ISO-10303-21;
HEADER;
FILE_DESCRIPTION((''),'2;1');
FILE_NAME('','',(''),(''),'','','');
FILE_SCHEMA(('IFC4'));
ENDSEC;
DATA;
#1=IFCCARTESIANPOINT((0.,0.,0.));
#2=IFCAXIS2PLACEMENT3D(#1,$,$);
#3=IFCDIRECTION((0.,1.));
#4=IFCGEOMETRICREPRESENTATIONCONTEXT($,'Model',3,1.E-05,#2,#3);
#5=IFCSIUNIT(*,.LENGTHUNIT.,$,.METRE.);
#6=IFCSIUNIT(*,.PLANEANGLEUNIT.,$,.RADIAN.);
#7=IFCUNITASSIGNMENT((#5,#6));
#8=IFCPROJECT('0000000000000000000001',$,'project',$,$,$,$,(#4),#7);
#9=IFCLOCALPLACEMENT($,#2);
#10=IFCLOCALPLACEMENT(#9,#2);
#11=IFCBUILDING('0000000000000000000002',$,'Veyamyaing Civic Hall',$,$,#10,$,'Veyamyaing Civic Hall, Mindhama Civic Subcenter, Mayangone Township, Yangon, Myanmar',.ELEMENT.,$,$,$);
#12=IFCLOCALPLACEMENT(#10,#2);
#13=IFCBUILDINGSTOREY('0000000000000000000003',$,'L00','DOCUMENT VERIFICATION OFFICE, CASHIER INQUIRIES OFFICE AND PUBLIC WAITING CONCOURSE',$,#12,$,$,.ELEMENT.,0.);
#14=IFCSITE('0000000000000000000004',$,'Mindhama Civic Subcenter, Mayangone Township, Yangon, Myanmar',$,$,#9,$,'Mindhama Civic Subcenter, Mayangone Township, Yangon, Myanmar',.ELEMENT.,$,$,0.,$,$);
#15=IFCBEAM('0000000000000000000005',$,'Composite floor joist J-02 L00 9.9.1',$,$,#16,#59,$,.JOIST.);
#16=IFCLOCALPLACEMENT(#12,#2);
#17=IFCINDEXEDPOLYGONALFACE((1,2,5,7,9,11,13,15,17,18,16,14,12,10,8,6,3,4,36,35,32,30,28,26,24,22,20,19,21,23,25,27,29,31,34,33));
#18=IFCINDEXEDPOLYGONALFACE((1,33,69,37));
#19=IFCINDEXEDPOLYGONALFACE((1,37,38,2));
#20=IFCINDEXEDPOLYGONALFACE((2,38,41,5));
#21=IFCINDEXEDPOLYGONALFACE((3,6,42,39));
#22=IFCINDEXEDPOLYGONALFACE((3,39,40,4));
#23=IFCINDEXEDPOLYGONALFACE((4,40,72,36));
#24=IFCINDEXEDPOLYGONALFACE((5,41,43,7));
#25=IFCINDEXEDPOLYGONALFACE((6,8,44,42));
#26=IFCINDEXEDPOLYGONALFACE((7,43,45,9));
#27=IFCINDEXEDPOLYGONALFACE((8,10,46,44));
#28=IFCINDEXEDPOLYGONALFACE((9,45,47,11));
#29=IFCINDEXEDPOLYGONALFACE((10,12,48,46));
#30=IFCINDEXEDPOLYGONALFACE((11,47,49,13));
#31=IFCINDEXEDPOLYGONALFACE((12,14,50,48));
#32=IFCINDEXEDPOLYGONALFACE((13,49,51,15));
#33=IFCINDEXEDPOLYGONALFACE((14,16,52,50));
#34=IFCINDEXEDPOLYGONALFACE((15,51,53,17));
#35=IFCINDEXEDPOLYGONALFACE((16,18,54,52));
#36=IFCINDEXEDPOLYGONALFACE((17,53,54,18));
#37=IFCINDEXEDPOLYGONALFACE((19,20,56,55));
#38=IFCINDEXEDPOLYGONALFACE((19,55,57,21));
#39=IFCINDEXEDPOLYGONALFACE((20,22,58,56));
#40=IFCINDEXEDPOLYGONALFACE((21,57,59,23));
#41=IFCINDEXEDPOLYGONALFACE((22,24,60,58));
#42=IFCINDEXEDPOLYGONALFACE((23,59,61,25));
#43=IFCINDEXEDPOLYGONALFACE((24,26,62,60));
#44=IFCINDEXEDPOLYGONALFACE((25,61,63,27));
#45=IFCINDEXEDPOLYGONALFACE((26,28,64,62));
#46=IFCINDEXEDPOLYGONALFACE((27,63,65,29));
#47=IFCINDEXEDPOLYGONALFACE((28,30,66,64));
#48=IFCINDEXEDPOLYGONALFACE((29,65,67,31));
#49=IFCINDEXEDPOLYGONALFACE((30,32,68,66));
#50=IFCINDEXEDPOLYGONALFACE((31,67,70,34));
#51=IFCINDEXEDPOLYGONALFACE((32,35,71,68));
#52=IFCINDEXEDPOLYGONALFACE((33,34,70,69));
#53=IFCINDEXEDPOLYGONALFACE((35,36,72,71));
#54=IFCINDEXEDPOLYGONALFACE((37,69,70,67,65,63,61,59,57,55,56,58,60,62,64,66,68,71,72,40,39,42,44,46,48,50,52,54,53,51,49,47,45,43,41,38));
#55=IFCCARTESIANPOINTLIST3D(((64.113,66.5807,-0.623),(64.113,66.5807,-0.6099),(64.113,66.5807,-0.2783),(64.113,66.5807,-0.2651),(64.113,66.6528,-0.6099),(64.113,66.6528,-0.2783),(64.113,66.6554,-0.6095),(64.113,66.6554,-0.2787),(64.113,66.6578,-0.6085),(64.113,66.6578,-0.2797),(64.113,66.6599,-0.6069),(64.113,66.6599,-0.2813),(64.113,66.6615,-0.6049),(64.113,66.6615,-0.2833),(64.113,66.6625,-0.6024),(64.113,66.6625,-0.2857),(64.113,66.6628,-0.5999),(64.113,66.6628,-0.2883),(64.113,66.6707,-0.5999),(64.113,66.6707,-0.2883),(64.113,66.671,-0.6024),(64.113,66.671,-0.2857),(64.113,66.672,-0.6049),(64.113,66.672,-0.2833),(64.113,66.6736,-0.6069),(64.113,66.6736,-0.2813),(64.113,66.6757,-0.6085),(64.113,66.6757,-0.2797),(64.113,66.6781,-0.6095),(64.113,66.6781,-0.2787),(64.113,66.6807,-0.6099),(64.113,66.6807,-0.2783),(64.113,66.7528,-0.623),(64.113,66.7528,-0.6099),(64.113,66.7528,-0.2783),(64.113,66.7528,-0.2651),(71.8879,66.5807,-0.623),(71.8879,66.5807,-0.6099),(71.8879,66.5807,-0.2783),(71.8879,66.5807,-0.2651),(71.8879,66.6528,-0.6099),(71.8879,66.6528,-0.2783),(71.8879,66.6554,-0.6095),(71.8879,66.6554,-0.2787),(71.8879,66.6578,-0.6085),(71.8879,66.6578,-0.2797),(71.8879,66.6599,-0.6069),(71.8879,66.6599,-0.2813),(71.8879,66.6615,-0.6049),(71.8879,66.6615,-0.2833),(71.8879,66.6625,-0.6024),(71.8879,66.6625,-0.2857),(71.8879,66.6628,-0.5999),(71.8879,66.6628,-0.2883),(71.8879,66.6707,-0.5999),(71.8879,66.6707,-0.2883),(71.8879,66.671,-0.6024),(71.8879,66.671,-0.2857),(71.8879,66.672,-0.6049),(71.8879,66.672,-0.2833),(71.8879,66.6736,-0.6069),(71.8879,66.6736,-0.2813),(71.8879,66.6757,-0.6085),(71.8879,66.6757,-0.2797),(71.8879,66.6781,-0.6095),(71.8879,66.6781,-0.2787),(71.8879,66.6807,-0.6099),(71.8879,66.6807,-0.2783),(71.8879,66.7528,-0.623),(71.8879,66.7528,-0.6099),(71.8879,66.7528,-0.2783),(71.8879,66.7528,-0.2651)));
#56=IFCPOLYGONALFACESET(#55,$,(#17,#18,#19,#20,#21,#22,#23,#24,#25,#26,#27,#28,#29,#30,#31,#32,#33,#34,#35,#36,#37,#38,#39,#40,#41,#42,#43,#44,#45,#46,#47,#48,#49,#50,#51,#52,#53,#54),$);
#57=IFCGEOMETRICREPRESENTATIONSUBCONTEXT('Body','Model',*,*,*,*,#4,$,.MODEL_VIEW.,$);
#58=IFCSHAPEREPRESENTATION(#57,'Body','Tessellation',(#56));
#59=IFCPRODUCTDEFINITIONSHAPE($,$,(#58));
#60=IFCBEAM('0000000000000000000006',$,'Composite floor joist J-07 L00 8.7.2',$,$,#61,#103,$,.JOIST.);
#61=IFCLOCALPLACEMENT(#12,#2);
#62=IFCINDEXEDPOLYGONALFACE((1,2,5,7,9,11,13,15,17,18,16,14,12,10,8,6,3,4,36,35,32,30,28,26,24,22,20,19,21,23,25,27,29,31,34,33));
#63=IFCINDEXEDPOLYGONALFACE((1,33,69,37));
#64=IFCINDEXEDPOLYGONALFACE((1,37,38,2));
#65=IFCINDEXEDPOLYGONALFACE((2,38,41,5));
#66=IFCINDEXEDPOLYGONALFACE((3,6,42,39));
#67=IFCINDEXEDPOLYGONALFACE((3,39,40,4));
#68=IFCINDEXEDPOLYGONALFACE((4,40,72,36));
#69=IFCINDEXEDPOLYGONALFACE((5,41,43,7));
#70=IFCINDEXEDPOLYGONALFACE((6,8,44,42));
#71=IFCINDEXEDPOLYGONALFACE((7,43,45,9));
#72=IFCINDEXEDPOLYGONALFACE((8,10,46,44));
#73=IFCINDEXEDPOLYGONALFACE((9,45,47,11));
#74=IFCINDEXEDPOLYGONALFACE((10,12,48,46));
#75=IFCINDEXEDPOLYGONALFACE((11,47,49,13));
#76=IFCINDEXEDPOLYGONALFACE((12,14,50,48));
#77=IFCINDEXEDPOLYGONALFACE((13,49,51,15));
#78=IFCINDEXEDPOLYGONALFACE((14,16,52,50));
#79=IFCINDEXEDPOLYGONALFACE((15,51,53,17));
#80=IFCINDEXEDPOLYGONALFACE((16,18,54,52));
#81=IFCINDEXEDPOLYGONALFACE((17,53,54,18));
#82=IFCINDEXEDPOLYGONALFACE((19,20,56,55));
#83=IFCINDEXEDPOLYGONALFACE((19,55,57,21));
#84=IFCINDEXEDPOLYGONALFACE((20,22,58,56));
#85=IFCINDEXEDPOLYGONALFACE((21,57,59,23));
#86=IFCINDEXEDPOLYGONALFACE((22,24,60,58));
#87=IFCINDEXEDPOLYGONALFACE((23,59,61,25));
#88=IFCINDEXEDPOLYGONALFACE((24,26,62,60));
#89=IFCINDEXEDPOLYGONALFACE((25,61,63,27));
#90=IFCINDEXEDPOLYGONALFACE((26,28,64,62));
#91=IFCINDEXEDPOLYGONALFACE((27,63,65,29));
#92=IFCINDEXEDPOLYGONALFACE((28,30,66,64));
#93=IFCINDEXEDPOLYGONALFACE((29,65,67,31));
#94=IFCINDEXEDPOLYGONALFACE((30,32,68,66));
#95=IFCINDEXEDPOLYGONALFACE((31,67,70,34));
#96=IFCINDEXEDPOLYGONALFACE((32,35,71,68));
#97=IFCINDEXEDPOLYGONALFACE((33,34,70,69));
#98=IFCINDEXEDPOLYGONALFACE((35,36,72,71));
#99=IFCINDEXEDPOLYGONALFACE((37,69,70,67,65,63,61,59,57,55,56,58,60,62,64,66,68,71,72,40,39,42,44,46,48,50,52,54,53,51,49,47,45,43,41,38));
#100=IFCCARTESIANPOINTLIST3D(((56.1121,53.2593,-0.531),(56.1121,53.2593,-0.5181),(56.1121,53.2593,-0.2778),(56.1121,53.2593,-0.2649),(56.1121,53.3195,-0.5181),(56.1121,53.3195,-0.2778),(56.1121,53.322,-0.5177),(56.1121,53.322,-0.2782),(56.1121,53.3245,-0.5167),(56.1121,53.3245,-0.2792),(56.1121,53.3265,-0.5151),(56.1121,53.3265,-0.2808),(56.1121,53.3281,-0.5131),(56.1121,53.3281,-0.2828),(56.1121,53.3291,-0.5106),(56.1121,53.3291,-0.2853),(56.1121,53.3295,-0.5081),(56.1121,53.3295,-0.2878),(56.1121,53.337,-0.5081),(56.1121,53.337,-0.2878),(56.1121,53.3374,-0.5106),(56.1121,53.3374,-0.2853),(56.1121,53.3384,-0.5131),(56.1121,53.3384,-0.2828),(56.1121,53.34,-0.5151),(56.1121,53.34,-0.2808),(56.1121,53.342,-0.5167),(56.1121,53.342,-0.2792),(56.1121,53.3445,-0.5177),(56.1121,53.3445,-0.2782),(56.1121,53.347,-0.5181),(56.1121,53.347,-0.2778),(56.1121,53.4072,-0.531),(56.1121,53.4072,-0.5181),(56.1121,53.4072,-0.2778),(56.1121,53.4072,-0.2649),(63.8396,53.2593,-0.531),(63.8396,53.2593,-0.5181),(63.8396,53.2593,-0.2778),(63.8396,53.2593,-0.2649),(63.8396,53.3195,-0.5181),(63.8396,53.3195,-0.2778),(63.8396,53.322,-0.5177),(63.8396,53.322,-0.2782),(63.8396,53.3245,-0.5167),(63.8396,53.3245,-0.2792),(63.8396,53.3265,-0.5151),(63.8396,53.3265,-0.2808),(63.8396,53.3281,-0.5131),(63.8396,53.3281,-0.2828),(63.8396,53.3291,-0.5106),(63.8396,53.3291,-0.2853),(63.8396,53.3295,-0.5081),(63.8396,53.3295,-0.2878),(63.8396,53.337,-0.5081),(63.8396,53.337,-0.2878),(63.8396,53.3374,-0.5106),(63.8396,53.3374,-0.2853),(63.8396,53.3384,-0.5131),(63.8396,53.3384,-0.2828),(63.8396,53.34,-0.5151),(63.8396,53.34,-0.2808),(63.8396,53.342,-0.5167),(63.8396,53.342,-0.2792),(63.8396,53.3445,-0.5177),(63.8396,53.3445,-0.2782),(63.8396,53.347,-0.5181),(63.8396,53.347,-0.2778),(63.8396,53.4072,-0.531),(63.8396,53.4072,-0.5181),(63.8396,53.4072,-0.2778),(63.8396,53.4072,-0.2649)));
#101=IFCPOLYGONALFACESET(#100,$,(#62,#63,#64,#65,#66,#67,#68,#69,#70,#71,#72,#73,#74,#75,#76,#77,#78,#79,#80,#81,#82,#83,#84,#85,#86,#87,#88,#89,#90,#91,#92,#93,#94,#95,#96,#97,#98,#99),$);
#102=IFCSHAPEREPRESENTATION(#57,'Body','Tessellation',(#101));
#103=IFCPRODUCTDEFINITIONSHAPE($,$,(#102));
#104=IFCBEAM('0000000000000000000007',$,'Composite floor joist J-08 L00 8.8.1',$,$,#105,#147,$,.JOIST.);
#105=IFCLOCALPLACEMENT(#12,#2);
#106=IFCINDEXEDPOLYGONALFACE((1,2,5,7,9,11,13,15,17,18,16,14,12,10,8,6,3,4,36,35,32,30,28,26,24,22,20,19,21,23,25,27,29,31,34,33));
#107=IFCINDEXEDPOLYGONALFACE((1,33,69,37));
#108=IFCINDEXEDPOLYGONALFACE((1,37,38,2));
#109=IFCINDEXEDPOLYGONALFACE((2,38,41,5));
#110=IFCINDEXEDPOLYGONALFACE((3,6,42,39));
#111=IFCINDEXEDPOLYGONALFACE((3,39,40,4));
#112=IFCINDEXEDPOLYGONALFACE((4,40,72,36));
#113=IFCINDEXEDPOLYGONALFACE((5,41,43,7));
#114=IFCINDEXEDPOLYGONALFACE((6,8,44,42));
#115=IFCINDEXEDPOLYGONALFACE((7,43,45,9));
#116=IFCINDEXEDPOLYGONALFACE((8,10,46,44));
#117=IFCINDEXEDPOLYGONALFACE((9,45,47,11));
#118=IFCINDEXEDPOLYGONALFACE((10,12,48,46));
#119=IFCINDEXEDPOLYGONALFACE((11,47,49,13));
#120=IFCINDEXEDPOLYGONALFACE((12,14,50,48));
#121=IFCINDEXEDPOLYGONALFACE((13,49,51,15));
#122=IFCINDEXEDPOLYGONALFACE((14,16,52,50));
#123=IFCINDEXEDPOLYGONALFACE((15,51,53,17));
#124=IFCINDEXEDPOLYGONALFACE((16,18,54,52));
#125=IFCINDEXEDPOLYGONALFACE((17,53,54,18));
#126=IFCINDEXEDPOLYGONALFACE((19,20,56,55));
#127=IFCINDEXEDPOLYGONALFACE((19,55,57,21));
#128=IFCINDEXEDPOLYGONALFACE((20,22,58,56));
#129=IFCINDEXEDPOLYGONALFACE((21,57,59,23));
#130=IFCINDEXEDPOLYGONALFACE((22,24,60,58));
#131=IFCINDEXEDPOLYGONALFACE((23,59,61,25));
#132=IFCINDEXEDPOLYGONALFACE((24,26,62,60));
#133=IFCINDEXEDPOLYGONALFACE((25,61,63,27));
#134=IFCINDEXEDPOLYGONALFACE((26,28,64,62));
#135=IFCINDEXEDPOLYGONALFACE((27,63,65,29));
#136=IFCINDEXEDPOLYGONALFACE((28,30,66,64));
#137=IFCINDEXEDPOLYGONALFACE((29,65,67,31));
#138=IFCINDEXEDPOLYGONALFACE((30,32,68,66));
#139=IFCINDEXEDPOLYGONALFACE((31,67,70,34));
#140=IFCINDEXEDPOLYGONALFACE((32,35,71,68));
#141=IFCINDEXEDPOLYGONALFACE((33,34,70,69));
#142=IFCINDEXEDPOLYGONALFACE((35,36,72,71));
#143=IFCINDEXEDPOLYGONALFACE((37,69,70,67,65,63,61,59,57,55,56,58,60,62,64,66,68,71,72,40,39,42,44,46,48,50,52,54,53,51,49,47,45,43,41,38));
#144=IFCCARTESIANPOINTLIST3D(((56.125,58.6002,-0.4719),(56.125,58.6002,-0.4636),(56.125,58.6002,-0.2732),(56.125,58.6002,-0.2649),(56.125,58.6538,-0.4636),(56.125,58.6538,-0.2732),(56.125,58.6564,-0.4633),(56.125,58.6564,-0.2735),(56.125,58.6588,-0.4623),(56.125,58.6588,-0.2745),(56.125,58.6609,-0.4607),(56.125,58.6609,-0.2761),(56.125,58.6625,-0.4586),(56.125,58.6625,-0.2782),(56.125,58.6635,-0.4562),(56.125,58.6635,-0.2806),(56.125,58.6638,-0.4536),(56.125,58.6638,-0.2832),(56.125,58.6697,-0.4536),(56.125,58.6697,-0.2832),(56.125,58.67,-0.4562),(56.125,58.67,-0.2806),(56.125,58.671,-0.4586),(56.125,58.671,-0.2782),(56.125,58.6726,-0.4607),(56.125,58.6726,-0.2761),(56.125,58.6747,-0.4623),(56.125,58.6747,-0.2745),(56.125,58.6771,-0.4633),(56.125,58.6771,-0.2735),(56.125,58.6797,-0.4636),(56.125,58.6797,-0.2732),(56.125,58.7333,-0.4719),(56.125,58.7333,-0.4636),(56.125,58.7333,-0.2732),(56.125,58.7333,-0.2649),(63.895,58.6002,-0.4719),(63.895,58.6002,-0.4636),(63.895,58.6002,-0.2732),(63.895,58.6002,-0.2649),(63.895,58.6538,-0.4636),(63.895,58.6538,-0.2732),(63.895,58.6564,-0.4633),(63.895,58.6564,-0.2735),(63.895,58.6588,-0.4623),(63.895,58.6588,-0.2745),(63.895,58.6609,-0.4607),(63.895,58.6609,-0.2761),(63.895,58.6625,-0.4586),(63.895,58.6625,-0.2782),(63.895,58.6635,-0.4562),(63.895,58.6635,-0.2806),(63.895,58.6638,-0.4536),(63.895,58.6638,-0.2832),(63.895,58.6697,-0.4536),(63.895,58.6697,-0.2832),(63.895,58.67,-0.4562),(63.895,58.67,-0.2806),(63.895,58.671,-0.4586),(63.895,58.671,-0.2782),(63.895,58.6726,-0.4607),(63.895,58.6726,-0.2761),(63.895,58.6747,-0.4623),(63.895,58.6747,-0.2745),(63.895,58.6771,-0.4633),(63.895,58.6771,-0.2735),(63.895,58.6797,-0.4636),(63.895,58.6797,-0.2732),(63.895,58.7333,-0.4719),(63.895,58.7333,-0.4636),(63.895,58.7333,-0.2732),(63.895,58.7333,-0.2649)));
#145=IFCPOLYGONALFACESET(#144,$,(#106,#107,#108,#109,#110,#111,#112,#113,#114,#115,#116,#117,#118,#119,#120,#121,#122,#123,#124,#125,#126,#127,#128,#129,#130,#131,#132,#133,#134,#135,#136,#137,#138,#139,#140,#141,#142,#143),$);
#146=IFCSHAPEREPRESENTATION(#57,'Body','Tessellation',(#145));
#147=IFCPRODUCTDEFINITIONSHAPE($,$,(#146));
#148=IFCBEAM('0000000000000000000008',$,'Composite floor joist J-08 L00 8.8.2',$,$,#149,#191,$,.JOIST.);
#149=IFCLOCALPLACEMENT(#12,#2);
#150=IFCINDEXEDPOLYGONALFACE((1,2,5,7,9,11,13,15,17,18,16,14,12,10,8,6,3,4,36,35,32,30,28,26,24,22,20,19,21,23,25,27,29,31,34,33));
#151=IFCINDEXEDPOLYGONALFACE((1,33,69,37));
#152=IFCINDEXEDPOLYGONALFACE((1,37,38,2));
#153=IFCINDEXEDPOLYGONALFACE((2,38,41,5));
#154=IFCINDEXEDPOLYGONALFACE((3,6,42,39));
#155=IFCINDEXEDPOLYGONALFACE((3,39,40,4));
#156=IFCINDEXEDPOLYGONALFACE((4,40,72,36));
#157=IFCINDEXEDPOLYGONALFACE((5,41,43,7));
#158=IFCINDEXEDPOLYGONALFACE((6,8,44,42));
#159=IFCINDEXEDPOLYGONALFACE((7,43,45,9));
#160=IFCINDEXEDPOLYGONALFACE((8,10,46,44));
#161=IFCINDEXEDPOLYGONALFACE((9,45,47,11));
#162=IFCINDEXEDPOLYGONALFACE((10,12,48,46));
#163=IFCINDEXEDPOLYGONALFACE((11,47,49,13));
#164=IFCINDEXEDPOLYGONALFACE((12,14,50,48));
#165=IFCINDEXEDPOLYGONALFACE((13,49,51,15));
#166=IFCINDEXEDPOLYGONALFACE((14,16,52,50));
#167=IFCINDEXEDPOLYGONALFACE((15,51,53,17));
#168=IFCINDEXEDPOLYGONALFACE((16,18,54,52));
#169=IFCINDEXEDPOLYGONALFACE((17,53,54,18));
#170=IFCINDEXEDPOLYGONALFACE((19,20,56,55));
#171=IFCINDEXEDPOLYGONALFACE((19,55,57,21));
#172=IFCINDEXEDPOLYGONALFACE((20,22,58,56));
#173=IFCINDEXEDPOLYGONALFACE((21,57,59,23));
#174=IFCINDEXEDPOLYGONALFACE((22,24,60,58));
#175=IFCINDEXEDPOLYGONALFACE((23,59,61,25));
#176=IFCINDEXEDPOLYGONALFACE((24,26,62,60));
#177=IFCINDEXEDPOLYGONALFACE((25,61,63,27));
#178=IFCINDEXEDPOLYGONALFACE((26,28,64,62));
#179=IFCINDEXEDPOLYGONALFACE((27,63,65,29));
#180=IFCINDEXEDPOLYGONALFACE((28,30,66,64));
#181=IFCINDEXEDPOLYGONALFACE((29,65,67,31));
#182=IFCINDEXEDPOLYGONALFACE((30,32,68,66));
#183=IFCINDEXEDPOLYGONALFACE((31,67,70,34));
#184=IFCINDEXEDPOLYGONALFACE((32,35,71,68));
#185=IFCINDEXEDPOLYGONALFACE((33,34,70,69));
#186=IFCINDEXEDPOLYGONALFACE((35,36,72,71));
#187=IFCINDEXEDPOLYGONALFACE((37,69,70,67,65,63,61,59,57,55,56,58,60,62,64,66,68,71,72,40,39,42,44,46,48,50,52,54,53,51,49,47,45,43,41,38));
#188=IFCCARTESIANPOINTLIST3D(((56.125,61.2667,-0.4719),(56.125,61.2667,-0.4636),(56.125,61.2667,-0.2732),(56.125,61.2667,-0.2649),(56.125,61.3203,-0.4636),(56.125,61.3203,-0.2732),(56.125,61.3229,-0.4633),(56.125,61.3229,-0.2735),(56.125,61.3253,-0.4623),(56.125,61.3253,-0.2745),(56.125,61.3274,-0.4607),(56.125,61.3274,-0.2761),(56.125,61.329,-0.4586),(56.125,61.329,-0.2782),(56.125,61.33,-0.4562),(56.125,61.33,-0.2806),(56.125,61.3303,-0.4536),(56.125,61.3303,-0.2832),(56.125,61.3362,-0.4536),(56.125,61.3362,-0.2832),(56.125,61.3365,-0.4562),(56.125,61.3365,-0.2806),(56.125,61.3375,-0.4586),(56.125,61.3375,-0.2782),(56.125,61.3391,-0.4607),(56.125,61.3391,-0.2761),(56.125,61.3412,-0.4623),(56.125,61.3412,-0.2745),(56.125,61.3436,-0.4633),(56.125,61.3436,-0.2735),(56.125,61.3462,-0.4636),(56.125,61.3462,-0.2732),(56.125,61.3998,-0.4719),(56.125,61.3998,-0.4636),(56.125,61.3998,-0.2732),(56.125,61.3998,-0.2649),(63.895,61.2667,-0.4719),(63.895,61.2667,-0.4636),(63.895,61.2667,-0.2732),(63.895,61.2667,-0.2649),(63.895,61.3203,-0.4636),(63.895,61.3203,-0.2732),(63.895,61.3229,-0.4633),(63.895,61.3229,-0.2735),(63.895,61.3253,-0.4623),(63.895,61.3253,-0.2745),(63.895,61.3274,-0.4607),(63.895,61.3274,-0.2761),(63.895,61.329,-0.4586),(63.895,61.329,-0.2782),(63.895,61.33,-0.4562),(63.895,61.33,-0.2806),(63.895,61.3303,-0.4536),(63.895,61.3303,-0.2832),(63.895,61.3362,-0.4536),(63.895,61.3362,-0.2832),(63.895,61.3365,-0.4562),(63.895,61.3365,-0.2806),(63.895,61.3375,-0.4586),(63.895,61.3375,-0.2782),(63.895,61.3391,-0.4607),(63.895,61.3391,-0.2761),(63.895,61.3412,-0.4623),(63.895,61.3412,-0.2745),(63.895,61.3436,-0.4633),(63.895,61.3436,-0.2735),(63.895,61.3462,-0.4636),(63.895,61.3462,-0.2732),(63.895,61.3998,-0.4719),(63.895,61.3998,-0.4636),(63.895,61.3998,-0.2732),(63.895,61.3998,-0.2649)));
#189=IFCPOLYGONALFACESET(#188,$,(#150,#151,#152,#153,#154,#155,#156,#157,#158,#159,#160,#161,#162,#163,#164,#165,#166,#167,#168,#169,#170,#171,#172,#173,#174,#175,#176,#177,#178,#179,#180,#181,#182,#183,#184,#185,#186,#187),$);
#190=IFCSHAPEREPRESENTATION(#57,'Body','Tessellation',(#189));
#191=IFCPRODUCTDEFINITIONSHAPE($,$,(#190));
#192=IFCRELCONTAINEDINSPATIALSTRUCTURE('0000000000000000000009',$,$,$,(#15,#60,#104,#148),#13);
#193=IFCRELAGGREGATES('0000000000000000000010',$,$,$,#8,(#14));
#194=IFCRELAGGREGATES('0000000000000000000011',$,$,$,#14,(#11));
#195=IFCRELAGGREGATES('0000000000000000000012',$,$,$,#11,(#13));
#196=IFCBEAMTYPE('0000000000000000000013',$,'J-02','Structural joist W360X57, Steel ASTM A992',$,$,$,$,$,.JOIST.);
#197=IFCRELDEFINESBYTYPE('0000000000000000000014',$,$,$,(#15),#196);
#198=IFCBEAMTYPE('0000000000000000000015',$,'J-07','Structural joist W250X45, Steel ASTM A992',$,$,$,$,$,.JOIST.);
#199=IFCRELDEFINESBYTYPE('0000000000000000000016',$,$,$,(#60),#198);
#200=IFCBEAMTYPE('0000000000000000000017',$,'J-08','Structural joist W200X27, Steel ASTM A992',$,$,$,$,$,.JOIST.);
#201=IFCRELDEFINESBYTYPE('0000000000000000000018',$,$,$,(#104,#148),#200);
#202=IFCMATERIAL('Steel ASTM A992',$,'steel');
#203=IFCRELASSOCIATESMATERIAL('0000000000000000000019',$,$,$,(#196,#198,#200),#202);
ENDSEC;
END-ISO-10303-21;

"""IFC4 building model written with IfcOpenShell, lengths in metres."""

from ifc_helpers import new_model, si_unit, direction, frame, origin, origin_2d, place, context, subcontext, project, spatial, i_section, extrude, material, material_profile, profile_set, type_object, element, save


model = new_model("IFC4")

# Units and contexts
model_context = context("Model", 3, precision=1e-05, world=origin(), true_north=direction((0.0, 1.0)))
body_context = subcontext(model_context, "Body", "Model", "MODEL_VIEW")
ifc_project = project(units=[si_unit("LENGTHUNIT", "METRE"), si_unit("PLANEANGLEUNIT", "RADIAN")], contexts=[model_context])

# Site, building, storey
site_placement = place(None, origin())
site = spatial("IfcSite", under=ifc_project, at=site_placement, Name="Mindhama Civic Subcenter, Mayangone Township, Yangon, Myanmar", LongName="Mindhama Civic Subcenter, Mayangone Township, Yangon, Myanmar", CompositionType="ELEMENT", RefElevation=0.0)
building_placement = place(site_placement, origin())
building = spatial("IfcBuilding", under=site, at=building_placement, Name="Veyamyaing Civic Hall", LongName="Veyamyaing Civic Hall, Mindhama Civic Subcenter, Mayangone Township, Yangon, Myanmar", CompositionType="ELEMENT")
storey_placement = place(building_placement, origin())
storey = spatial("IfcBuildingStorey", under=building, at=storey_placement, Name="L00", Description="DOCUMENT VERIFICATION OFFICE, CASHIER INQUIRIES OFFICE AND PUBLIC WAITING CONCOURSE", CompositionType="ELEMENT", Elevation=0.0)

# Shared definitions
ifc_material_1 = material(Name="Steel ASTM A992", Category="steel")

# Beams
ifc_material_profile_1 = material_profile(ifc_material_1, i_section(OverallWidth=0.1721, OverallDepth=0.3579, WebThickness=0.0078, FlangeThickness=0.0132, FilletRadius=0.01, at=origin_2d()), Name="W360X57")
ifc_profile_set_1 = profile_set([ifc_material_profile_1], Name="Steel ASTM A992")
beam_type_1 = type_object("IfcBeamType", Name="J-02", Description="Structural joist W360X57, Steel ASTM A992", PredefinedType="JOIST", material=ifc_profile_set_1)
beam_1_placement = place(storey_placement, frame((64.113, 66.6667, -0.4441), z_axis=(1.0, 0.0, 0.0), x_axis=(0.0, 1.0, 0.0)))
element("IfcBeam", 1, at=beam_1_placement, inside=storey, type_object=beam_type_1, Name="Composite floor joist J-02 L00 9.9.1", PredefinedType="JOIST", context=body_context, shape_type="SweptSolid", body=[
    extrude(i_section(OverallWidth=0.1721, OverallDepth=0.3579, WebThickness=0.0078, FlangeThickness=0.0132, FilletRadius=0.01, at=origin_2d()), origin(), (0.0, 0.0, 1.0), 7.7749),
])
ifc_material_profile_2 = material_profile(ifc_material_1, i_section(OverallWidth=0.1479, OverallDepth=0.2661, WebThickness=0.0076, FlangeThickness=0.0129, FilletRadius=0.01, at=origin_2d()), Name="W250X45")
ifc_profile_set_2 = profile_set([ifc_material_profile_2], Name="Steel ASTM A992")
beam_type_2 = type_object("IfcBeamType", Name="J-07", Description="Structural joist W250X45, Steel ASTM A992", PredefinedType="JOIST", material=ifc_profile_set_2)
beam_2_placement = place(storey_placement, frame((56.1121, 53.3333, -0.3979), z_axis=(1.0, 0.0, 0.0), x_axis=(0.0, 1.0, 0.0)))
element("IfcBeam", 2, at=beam_2_placement, inside=storey, type_object=beam_type_2, Name="Composite floor joist J-07 L00 8.7.2", PredefinedType="JOIST", context=body_context, shape_type="SweptSolid", body=[
    extrude(i_section(OverallWidth=0.1479, OverallDepth=0.2661, WebThickness=0.0076, FlangeThickness=0.0129, FilletRadius=0.01, at=origin_2d()), origin(), (0.0, 0.0, 1.0), 7.7275),
])
ifc_material_profile_3 = material_profile(ifc_material_1, i_section(OverallWidth=0.1331, OverallDepth=0.207, WebThickness=0.0059, FlangeThickness=0.0083, FilletRadius=0.01, at=origin_2d()), Name="W200X27")
ifc_profile_set_3 = profile_set([ifc_material_profile_3], Name="Steel ASTM A992")
beam_type_3 = type_object("IfcBeamType", Name="J-08", Description="Structural joist W200X27, Steel ASTM A992", PredefinedType="JOIST", material=ifc_profile_set_3)
for number, where, z_axis, x_axis, name in (
    (3, (56.125, 58.6667, -0.3684), (1.0, 0.0, 0.0), (0.0, 1.0, 0.0), "Composite floor joist J-08 L00 8.8.1"),
    (4, (56.125, 61.3333, -0.3684), (1.0, 0.0, 0.0), (0.0, 1.0, 0.0), "Composite floor joist J-08 L00 8.8.2"),
):
    element("IfcBeam", number, at=place(storey_placement, frame(where, z_axis=z_axis, x_axis=x_axis)), inside=storey, type_object=beam_type_3, Name=name, PredefinedType="JOIST", context=body_context, shape_type="SweptSolid", body=[
        extrude(i_section(OverallWidth=0.1331, OverallDepth=0.207, WebThickness=0.0059, FlangeThickness=0.0083, FilletRadius=0.01, at=origin_2d()), origin(), (0.0, 0.0, 1.0), 7.77),
    ])

save(model, "model.ifc")
